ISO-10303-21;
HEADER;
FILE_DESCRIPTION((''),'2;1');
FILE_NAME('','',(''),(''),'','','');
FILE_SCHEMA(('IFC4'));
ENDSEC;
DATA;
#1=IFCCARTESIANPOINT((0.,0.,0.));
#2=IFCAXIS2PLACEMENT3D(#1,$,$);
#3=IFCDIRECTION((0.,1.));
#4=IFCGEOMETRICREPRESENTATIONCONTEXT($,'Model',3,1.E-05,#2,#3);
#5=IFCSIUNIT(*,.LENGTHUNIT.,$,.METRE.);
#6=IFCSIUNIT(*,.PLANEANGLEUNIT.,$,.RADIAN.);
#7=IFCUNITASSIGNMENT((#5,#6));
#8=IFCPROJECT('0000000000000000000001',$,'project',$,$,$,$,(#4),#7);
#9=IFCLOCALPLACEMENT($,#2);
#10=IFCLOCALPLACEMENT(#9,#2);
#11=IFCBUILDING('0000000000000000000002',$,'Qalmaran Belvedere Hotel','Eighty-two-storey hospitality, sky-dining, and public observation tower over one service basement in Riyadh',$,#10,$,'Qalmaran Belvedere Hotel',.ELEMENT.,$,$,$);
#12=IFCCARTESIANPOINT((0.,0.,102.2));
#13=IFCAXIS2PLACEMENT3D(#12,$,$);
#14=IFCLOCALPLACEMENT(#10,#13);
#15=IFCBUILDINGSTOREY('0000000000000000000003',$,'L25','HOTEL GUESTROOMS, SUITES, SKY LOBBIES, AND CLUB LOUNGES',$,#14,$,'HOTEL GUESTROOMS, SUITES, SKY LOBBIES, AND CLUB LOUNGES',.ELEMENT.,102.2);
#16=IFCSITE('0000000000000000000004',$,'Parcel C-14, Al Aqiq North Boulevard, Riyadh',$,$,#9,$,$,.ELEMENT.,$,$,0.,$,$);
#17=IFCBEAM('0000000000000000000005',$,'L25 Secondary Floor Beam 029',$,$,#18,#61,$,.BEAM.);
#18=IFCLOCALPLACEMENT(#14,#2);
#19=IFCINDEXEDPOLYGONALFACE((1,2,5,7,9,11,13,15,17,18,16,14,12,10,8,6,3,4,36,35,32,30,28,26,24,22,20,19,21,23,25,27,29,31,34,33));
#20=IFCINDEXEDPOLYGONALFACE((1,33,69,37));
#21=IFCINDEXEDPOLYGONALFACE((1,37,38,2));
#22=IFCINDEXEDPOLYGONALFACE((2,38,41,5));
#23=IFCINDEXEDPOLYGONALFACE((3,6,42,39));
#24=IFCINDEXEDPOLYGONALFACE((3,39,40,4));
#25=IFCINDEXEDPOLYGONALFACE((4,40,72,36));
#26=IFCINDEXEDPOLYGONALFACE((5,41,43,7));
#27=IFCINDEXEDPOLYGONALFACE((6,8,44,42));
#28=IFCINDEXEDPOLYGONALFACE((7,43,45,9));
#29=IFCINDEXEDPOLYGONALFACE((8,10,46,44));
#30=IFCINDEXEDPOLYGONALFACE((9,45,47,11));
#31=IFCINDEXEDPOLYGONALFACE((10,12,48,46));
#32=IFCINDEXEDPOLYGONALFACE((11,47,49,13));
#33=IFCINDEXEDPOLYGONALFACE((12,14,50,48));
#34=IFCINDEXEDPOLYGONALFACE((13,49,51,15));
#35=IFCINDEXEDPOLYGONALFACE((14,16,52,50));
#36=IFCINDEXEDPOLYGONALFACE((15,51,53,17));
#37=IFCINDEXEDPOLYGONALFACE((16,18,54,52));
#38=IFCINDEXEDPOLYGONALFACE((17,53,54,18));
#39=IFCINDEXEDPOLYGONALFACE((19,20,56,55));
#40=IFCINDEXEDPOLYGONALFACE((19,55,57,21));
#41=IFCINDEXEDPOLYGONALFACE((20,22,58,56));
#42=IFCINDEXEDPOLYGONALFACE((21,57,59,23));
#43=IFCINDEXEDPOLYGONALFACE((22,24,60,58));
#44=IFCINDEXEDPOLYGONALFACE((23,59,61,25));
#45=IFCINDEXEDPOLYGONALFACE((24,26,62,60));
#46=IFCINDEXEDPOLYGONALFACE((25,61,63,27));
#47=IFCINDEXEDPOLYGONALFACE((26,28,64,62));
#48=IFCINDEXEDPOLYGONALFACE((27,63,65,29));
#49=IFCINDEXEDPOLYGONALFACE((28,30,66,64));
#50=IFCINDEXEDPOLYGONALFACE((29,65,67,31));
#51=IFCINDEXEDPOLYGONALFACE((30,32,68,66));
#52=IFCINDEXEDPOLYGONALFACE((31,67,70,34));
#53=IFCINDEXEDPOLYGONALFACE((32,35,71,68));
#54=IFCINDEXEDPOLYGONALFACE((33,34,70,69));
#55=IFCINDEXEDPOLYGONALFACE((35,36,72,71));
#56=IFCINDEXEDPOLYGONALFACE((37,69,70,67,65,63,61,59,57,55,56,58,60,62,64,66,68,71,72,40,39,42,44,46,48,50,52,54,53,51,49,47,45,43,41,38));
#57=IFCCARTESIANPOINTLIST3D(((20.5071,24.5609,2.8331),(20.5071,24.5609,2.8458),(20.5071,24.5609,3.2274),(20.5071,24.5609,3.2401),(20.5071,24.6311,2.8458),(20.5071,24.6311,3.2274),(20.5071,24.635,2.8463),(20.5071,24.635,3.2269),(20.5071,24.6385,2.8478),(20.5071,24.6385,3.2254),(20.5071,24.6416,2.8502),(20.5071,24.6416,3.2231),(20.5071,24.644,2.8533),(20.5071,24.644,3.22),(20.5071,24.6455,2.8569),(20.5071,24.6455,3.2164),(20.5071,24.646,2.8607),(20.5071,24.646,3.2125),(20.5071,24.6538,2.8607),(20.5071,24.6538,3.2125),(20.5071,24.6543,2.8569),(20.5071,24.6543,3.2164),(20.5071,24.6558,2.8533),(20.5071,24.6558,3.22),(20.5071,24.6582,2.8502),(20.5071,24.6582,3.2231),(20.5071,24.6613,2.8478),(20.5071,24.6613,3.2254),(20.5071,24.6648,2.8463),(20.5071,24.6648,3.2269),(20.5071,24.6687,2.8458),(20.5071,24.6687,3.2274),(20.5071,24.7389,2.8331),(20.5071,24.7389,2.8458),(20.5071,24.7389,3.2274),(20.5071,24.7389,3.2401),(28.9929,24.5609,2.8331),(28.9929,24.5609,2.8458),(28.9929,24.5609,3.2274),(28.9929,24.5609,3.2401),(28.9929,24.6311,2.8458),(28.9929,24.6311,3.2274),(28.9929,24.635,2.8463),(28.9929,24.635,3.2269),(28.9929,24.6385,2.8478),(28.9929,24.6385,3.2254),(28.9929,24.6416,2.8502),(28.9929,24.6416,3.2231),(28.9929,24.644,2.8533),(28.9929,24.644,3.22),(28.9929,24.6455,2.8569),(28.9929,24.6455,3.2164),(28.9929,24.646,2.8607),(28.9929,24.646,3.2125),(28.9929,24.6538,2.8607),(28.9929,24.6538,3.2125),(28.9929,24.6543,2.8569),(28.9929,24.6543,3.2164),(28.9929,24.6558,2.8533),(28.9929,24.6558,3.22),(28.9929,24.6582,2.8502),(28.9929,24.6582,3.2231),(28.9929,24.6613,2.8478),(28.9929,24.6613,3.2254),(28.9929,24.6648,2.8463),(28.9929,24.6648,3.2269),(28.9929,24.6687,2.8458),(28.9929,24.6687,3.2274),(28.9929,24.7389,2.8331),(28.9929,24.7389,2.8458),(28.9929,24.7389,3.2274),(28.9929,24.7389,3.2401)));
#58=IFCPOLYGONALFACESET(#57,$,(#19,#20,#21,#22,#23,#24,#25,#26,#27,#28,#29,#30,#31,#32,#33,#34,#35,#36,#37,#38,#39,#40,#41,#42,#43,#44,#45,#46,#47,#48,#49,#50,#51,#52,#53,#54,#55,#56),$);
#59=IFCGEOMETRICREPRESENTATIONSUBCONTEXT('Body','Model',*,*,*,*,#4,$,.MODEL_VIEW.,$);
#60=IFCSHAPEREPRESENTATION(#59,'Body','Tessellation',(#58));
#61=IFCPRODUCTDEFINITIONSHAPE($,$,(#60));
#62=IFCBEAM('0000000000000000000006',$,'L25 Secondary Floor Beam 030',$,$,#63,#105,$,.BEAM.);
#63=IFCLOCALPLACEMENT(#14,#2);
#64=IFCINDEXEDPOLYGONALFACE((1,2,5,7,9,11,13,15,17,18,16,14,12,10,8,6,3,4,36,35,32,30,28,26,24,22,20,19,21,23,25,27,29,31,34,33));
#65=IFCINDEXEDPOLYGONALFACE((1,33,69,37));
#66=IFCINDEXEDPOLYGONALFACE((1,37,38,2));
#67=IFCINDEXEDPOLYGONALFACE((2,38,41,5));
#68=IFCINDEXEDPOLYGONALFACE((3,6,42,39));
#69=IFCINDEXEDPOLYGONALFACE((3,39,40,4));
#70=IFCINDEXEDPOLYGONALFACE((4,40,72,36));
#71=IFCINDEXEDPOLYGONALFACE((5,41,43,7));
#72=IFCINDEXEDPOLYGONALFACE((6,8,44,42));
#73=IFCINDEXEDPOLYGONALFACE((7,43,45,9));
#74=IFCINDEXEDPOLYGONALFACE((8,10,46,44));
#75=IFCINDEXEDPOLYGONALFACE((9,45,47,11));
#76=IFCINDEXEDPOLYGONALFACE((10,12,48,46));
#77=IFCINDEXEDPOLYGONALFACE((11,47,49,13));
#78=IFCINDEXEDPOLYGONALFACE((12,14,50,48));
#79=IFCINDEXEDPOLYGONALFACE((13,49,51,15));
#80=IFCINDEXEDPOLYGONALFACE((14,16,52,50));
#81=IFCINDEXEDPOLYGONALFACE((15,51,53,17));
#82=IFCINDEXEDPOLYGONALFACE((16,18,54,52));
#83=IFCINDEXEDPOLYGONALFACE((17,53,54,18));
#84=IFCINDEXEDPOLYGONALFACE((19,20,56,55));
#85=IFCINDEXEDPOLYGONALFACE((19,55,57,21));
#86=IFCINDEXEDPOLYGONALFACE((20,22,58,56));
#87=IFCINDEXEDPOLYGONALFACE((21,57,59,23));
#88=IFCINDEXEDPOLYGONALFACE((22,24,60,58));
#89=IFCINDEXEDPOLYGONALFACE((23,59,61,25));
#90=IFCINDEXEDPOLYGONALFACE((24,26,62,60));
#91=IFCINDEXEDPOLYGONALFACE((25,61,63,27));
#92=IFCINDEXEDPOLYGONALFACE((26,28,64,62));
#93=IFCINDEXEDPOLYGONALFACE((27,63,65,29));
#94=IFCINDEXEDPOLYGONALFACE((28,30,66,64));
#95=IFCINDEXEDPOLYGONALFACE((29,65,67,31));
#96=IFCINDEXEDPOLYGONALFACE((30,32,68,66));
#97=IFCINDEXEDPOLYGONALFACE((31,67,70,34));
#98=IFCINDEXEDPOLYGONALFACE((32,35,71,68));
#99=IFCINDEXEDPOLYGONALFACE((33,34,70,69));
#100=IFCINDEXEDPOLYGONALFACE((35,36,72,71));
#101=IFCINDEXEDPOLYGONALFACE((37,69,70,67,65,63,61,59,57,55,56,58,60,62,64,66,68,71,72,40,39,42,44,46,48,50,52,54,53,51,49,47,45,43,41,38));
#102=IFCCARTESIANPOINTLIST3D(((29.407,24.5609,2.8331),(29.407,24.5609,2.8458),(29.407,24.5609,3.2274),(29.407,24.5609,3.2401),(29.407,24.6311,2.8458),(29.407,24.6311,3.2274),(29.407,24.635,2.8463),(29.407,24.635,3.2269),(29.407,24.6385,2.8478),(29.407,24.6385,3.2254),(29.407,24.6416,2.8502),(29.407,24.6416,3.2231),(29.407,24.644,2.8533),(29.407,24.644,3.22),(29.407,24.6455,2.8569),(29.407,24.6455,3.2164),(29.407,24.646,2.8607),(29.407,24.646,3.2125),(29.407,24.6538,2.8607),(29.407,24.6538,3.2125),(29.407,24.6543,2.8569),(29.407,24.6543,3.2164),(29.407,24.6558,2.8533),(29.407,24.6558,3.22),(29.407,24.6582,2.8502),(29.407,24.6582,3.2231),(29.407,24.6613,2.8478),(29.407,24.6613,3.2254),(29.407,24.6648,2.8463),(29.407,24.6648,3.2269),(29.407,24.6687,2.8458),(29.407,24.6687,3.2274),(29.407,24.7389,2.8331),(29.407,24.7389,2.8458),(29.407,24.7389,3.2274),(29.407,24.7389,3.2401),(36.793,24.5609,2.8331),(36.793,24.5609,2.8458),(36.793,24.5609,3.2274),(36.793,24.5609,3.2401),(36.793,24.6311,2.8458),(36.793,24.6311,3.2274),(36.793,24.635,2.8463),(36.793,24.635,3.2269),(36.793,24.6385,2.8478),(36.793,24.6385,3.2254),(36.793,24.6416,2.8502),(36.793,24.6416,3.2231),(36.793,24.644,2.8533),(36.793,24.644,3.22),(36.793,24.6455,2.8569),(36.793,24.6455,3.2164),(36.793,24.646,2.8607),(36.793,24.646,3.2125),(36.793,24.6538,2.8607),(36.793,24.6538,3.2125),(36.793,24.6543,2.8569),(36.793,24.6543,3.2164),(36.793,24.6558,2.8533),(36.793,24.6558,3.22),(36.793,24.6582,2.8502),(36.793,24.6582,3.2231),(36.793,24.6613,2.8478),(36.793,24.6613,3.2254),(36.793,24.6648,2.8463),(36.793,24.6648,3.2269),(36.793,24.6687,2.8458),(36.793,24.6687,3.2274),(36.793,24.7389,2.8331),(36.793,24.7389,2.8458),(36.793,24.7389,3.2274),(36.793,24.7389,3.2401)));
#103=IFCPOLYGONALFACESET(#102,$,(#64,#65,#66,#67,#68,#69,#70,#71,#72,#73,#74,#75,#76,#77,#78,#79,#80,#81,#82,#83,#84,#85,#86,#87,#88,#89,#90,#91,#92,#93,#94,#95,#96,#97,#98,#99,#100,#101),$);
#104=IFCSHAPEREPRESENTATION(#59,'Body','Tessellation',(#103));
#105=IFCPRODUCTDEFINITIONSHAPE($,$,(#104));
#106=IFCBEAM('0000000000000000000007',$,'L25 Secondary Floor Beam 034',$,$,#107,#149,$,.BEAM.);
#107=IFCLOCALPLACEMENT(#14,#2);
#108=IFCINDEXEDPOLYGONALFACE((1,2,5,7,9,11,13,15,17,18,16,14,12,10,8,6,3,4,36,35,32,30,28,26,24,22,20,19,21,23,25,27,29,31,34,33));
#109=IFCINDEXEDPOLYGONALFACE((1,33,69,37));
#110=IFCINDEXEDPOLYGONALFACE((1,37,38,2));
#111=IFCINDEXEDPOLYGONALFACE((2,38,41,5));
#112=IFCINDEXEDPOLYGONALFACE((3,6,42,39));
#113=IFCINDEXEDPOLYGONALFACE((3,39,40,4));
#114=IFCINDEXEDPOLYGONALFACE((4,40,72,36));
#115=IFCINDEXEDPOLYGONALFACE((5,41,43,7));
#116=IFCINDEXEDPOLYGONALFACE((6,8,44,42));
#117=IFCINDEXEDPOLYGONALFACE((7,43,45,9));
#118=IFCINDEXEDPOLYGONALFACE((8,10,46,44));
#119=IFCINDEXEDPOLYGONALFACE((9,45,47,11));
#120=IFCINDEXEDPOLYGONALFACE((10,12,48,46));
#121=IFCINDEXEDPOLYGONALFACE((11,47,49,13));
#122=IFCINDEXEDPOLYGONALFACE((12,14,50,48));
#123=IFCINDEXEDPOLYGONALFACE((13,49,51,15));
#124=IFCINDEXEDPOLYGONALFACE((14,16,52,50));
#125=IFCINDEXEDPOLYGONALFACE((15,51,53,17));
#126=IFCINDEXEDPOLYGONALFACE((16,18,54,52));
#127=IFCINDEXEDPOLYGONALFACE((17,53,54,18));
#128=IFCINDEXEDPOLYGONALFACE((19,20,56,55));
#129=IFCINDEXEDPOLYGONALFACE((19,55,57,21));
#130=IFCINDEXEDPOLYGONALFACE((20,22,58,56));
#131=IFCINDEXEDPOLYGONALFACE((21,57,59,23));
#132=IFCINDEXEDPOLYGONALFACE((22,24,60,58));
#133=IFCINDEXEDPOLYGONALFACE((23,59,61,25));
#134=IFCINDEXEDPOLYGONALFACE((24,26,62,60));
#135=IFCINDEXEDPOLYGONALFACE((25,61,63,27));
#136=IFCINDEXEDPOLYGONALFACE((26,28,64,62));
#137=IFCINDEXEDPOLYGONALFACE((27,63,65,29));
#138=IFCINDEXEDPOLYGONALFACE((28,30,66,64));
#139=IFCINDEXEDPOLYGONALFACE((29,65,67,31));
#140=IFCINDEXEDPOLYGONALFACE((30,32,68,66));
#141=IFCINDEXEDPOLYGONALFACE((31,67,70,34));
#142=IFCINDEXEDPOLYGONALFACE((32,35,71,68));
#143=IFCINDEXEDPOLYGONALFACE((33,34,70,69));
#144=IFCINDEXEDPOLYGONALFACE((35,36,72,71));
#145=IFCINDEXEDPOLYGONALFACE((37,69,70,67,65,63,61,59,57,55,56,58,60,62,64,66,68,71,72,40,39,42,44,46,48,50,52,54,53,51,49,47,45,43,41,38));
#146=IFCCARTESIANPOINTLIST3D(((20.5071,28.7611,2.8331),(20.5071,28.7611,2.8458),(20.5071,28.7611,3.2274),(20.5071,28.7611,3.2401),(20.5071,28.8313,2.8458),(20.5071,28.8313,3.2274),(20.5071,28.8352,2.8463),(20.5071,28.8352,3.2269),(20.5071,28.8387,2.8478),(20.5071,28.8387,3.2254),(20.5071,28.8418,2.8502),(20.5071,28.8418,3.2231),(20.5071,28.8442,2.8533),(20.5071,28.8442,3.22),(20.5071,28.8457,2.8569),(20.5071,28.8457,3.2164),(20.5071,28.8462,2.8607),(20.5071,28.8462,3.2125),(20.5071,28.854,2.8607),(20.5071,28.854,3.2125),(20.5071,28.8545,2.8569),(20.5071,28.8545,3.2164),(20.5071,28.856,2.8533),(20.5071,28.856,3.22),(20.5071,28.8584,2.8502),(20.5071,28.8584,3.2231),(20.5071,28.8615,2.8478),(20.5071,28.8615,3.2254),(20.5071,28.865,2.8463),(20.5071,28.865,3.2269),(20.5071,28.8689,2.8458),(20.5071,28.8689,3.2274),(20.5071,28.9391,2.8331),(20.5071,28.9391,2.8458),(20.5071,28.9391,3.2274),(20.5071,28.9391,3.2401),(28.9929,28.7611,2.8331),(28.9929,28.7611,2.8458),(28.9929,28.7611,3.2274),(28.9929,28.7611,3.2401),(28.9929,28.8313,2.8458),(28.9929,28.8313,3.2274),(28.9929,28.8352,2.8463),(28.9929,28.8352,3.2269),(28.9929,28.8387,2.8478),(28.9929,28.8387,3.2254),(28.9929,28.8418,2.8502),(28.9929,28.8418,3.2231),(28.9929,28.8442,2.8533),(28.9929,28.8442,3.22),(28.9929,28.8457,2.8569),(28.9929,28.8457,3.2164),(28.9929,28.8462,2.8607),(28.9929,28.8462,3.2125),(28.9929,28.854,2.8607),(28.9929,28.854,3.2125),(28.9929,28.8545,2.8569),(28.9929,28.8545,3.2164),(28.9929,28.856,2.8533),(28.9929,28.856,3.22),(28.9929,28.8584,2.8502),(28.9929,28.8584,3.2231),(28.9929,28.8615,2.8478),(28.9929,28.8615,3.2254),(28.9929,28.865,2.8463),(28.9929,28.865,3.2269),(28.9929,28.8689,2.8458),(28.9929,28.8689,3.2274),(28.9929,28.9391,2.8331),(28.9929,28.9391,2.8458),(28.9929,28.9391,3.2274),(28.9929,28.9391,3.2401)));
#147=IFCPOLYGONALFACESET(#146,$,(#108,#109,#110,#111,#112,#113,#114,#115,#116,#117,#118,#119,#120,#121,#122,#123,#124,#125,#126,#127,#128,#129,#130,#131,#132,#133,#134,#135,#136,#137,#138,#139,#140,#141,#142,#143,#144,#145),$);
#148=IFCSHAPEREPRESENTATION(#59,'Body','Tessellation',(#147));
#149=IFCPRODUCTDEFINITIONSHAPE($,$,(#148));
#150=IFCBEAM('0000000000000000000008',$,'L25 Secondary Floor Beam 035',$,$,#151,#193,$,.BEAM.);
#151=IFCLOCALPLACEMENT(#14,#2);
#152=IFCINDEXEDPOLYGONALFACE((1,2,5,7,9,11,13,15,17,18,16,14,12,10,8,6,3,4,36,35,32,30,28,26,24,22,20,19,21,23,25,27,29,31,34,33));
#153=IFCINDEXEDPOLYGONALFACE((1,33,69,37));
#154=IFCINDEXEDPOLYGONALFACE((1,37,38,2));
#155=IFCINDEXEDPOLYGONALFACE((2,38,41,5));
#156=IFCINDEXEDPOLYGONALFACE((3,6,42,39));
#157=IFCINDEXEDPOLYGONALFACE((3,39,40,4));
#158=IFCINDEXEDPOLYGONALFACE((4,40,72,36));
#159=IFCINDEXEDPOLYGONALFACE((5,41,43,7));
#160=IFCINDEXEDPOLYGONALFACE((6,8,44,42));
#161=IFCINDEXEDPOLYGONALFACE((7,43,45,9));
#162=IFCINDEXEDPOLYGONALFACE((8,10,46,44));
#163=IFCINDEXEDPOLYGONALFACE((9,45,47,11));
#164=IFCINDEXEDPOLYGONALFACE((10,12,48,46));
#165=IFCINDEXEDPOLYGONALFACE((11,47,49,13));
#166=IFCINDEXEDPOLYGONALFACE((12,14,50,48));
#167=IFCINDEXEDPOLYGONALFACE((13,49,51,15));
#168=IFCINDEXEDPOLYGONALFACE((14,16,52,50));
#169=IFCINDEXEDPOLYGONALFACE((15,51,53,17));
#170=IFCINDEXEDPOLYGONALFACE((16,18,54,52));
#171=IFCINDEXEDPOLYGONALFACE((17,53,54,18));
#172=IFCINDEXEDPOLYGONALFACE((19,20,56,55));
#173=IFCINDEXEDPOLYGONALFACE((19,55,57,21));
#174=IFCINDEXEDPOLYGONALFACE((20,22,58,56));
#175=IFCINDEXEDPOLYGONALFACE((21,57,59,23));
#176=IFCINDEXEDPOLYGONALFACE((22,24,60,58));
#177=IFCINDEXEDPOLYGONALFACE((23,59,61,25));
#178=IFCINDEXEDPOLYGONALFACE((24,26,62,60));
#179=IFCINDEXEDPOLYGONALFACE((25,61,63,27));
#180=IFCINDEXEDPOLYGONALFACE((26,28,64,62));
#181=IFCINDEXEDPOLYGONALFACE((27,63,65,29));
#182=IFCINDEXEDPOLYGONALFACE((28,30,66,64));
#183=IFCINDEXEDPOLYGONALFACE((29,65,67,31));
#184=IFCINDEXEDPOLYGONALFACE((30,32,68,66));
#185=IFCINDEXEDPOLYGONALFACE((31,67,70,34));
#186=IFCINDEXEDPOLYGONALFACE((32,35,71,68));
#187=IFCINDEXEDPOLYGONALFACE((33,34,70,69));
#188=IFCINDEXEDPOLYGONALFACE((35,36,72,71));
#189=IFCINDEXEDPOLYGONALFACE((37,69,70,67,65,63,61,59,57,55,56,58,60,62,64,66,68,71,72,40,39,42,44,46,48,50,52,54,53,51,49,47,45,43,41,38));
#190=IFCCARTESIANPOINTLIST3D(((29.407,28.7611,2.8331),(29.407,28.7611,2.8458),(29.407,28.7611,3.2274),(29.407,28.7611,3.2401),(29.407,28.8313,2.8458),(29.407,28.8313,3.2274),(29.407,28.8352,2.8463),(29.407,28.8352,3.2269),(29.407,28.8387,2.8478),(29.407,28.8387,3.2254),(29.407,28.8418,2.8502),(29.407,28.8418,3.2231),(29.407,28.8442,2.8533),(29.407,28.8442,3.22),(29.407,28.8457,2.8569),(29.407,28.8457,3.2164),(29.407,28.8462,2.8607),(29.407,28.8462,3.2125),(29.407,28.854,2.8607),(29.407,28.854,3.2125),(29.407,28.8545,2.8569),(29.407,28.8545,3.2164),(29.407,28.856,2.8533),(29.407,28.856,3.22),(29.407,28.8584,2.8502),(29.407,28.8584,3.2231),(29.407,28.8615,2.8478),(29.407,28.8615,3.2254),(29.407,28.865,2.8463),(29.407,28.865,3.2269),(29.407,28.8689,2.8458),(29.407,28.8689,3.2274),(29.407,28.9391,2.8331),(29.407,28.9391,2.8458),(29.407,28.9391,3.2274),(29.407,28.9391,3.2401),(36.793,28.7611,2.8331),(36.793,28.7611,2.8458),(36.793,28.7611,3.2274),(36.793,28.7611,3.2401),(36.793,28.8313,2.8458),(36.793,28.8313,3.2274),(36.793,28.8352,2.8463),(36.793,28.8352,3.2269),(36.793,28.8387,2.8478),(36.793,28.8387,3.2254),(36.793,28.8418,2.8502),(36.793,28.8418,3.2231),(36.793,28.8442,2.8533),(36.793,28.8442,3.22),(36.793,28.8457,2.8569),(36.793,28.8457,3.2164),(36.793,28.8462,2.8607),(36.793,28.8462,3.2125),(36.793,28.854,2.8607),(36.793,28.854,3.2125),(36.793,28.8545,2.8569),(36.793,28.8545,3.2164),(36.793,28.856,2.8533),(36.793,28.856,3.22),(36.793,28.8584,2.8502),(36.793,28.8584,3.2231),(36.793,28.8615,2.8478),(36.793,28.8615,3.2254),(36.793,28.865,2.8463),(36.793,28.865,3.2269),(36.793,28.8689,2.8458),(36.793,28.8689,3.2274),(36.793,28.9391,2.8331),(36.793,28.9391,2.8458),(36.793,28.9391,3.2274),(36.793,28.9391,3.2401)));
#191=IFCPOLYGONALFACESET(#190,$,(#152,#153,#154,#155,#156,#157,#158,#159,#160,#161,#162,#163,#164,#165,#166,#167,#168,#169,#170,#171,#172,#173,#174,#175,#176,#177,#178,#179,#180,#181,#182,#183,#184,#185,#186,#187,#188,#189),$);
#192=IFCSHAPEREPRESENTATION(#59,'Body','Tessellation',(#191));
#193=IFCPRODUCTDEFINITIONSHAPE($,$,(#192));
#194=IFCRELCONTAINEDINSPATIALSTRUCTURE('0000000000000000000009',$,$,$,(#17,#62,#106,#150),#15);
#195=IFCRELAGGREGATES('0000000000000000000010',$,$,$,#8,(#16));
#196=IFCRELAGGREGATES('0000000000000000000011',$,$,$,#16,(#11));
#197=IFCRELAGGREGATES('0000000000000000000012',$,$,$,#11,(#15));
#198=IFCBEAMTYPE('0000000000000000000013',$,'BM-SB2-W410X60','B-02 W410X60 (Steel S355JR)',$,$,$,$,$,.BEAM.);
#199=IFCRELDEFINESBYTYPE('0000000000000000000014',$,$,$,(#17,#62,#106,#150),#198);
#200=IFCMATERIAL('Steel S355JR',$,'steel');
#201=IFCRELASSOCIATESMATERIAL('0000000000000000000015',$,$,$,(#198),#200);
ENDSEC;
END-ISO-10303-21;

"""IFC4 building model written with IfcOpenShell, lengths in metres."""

from ifc_helpers import new_model, si_unit, direction, frame, origin, origin_2d, place, context, subcontext, project, spatial, i_section, extrude, material, material_profile, profile_set, type_object, element, save


model = new_model("IFC4")

# Units and contexts
model_context = context("Model", 3, precision=1e-05, world=origin(), true_north=direction((0.0, 1.0)))
body_context = subcontext(model_context, "Body", "Model", "MODEL_VIEW")
ifc_project = project(units=[si_unit("LENGTHUNIT", "METRE"), si_unit("PLANEANGLEUNIT", "RADIAN")], contexts=[model_context])

# Site, building, storey
site_placement = place(None, origin())
site = spatial("IfcSite", under=ifc_project, at=site_placement, Name="Parcel C-14, Al Aqiq North Boulevard, Riyadh", CompositionType="ELEMENT", RefElevation=0.0)
building_placement = place(site_placement, origin())
building = spatial("IfcBuilding", under=site, at=building_placement, Name="Qalmaran Belvedere Hotel", Description="Eighty-two-storey hospitality, sky-dining, and public observation tower over one service basement in Riyadh", LongName="Qalmaran Belvedere Hotel", CompositionType="ELEMENT")
storey_placement = place(building_placement, frame((0.0, 0.0, 102.2)))
storey = spatial("IfcBuildingStorey", under=building, at=storey_placement, Name="L25", Description="HOTEL GUESTROOMS, SUITES, SKY LOBBIES, AND CLUB LOUNGES", LongName="HOTEL GUESTROOMS, SUITES, SKY LOBBIES, AND CLUB LOUNGES", CompositionType="ELEMENT", Elevation=102.2)

# Beams
ifc_material_1 = material(Name="Steel S355JR", Category="steel")
ifc_material_profile_1 = material_profile(ifc_material_1, i_section(OverallWidth=0.178, OverallDepth=0.407, WebThickness=0.0078, FlangeThickness=0.0127, FilletRadius=0.0149, at=origin_2d()), Name="W410X60")
ifc_profile_set_1 = profile_set([ifc_material_profile_1], Name="Steel S355JR")
beam_type_1 = type_object("IfcBeamType", Name="BM-SB2-W410X60", Description="B-02 W410X60 (Steel S355JR)", PredefinedType="BEAM", material=ifc_profile_set_1)
beam_1_placement = place(storey_placement, frame((20.5071, 24.6499, 3.0366), z_axis=(1.0, 0.0, 0.0), x_axis=(0.0, 1.0, 0.0)))
element("IfcBeam", 1, at=beam_1_placement, inside=storey, type_object=beam_type_1, Name="L25 Secondary Floor Beam 029", PredefinedType="BEAM", context=body_context, shape_type="SweptSolid", body=[
    extrude(i_section(OverallWidth=0.178, OverallDepth=0.407, WebThickness=0.0078, FlangeThickness=0.0127, FilletRadius=0.0149, at=origin_2d()), origin(), (0.0, 0.0, 1.0), 8.4858),
])
beam_2_placement = place(storey_placement, frame((29.407, 24.6499, 3.0366), z_axis=(1.0, 0.0, 0.0), x_axis=(0.0, 1.0, 0.0)))
element("IfcBeam", 2, at=beam_2_placement, inside=storey, type_object=beam_type_1, Name="L25 Secondary Floor Beam 030", PredefinedType="BEAM", context=body_context, shape_type="SweptSolid", body=[
    extrude(i_section(OverallWidth=0.178, OverallDepth=0.407, WebThickness=0.0078, FlangeThickness=0.0127, FilletRadius=0.0149, at=origin_2d()), origin(), (0.0, 0.0, 1.0), 7.386),
])
beam_3_placement = place(storey_placement, frame((20.5071, 28.8501, 3.0366), z_axis=(1.0, 0.0, 0.0), x_axis=(0.0, 1.0, 0.0)))
element("IfcBeam", 3, at=beam_3_placement, inside=storey, type_object=beam_type_1, Name="L25 Secondary Floor Beam 034", PredefinedType="BEAM", context=body_context, shape_type="SweptSolid", body=[
    extrude(i_section(OverallWidth=0.178, OverallDepth=0.407, WebThickness=0.0078, FlangeThickness=0.0127, FilletRadius=0.0149, at=origin_2d()), origin(), (0.0, 0.0, 1.0), 8.4858),
])
beam_4_placement = place(storey_placement, frame((29.407, 28.8501, 3.0366), z_axis=(1.0, 0.0, 0.0), x_axis=(0.0, 1.0, 0.0)))
element("IfcBeam", 4, at=beam_4_placement, inside=storey, type_object=beam_type_1, Name="L25 Secondary Floor Beam 035", PredefinedType="BEAM", context=body_context, shape_type="SweptSolid", body=[
    extrude(i_section(OverallWidth=0.178, OverallDepth=0.407, WebThickness=0.0078, FlangeThickness=0.0127, FilletRadius=0.0149, at=origin_2d()), origin(), (0.0, 0.0, 1.0), 7.386),
])

save(model, "model.ifc")
